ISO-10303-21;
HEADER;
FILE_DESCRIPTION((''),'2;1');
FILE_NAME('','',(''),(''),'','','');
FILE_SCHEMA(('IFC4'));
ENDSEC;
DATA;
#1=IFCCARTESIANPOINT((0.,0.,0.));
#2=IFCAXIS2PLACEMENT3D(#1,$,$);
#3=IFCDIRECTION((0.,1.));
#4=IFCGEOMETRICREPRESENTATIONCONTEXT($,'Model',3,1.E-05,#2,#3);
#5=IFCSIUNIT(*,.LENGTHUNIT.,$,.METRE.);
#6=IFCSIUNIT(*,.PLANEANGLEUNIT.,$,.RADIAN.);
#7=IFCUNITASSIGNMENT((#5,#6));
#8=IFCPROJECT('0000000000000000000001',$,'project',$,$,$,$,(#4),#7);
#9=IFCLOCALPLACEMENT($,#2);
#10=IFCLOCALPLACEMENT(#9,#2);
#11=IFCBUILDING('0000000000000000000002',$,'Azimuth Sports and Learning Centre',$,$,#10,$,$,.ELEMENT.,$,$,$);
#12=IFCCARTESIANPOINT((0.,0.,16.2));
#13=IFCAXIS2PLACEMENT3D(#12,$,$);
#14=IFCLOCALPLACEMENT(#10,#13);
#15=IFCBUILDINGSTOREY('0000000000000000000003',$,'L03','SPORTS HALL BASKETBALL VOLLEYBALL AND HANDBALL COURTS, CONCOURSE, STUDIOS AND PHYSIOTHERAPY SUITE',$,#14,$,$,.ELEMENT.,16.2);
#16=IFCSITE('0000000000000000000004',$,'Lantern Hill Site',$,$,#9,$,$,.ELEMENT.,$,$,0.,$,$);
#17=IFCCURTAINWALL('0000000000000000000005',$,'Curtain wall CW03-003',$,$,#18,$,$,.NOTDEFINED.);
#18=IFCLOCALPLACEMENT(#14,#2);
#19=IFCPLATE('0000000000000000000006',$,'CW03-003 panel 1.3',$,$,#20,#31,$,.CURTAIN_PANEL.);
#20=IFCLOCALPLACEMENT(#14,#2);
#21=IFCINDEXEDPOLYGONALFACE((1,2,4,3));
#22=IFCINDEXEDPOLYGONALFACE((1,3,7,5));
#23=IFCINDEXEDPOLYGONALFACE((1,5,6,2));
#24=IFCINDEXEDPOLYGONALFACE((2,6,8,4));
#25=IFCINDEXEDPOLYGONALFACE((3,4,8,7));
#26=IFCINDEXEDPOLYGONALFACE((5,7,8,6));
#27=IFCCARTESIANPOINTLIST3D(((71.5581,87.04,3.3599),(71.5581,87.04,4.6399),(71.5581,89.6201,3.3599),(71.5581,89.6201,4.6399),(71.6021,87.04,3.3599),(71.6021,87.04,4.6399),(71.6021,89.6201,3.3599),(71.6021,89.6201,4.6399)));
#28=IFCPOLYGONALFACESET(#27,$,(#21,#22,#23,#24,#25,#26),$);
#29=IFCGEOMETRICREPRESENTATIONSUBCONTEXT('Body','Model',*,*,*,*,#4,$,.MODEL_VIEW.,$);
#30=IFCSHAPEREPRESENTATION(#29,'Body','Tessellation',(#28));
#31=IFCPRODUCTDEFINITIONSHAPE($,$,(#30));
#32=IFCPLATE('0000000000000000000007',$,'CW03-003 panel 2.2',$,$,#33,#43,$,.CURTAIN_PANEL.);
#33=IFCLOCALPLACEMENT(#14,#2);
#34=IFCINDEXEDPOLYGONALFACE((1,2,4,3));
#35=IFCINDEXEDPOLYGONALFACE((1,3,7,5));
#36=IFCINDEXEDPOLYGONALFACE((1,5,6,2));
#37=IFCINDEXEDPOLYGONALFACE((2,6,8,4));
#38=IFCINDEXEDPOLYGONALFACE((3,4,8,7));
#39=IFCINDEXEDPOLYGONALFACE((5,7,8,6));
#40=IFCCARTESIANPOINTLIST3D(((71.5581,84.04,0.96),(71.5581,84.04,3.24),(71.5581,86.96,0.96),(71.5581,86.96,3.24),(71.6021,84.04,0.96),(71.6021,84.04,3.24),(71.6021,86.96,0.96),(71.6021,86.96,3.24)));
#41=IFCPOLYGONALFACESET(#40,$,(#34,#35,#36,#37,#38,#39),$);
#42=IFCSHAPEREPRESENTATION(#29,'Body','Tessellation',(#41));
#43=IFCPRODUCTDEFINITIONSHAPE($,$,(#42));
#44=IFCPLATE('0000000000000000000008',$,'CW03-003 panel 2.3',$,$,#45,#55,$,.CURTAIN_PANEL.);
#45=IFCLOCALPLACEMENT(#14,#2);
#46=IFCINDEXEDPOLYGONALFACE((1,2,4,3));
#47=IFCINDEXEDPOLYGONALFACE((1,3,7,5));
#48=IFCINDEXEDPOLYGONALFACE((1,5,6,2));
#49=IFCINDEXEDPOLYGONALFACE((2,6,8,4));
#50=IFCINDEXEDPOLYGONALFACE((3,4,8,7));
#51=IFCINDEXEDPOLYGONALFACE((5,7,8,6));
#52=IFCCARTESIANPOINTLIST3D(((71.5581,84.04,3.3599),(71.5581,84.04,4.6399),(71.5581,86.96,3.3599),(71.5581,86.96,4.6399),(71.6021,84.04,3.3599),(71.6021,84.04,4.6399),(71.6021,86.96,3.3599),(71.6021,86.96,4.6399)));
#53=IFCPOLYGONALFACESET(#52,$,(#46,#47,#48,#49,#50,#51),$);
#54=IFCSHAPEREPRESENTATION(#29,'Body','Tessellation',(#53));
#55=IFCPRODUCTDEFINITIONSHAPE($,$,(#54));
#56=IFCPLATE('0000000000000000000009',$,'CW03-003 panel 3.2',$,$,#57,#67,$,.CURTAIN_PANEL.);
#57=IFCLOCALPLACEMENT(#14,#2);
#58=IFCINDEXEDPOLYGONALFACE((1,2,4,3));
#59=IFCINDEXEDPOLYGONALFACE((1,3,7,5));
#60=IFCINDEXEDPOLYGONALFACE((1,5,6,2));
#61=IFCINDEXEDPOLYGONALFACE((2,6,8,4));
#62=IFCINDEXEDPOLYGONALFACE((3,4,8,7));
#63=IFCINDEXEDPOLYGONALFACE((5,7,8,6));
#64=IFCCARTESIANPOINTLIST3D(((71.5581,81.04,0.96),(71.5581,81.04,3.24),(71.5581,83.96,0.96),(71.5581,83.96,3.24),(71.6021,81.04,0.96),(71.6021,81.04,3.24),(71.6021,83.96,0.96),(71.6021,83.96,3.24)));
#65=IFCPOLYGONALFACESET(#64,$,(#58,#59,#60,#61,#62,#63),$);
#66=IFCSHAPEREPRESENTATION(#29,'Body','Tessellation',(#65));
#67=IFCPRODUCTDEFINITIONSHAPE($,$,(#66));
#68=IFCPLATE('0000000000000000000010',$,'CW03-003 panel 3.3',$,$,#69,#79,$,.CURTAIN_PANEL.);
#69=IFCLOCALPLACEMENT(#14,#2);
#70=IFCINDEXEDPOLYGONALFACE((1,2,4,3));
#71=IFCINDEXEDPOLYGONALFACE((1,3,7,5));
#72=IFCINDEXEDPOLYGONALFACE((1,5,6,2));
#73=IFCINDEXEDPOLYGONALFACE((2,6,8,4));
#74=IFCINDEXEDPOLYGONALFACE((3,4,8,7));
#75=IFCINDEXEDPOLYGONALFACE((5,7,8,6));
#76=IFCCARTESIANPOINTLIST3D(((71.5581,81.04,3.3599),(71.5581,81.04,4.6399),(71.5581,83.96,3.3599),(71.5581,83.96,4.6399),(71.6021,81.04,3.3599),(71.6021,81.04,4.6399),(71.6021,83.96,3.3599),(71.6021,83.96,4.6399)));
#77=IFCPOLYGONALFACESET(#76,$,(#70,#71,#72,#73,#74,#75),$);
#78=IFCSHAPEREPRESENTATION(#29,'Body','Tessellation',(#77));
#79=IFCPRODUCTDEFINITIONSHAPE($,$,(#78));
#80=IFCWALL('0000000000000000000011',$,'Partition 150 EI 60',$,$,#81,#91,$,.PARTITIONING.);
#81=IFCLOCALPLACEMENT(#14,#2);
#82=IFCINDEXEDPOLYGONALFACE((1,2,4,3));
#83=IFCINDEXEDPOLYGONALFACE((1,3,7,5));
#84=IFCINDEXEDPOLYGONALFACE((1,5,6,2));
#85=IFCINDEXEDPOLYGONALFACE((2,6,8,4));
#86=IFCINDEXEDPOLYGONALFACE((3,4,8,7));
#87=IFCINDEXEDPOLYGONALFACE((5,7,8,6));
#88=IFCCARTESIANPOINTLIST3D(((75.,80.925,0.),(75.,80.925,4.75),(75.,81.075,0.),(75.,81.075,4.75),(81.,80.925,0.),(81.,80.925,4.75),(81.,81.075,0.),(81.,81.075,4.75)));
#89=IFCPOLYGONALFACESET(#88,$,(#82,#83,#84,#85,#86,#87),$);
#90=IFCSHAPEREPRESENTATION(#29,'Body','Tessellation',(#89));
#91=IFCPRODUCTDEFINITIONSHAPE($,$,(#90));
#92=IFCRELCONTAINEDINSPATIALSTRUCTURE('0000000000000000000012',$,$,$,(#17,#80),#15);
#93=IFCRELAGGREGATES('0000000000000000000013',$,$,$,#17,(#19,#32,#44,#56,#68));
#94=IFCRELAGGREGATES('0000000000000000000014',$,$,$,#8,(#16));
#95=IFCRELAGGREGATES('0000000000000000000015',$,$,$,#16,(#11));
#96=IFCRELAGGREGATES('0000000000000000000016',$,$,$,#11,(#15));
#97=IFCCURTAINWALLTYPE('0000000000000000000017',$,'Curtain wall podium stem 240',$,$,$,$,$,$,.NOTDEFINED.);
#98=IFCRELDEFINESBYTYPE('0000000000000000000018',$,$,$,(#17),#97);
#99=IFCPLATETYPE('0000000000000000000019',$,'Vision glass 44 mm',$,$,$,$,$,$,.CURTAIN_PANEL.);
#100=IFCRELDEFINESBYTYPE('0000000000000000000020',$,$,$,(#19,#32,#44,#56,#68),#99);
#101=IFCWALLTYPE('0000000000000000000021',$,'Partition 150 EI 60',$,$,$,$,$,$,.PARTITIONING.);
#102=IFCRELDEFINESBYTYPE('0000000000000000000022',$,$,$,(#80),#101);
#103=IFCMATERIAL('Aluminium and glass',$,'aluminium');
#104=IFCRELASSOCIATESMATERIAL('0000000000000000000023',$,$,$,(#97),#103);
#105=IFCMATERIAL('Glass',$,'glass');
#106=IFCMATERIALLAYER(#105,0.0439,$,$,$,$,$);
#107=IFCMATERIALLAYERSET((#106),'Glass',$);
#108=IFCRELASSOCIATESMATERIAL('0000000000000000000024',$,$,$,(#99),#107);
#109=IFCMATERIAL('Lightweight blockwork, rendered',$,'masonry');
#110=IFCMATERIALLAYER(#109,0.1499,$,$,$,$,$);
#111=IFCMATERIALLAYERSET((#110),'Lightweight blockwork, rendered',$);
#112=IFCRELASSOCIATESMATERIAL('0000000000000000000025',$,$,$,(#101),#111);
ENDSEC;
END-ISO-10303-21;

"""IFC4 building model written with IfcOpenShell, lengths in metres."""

from ifc_helpers import new_model, si_unit, direction, frame, frame_2d, origin, origin_2d, place, context, subcontext, project, spatial, rectangle, extrude, material, layer, layer_set, type_object, element, aggregate, save


model = new_model("IFC4")

# Units and contexts
model_context = context("Model", 3, precision=1e-05, world=origin(), true_north=direction((0.0, 1.0)))
body_context = subcontext(model_context, "Body", "Model", "MODEL_VIEW")
ifc_project = project(units=[si_unit("LENGTHUNIT", "METRE"), si_unit("PLANEANGLEUNIT", "RADIAN")], contexts=[model_context])

# Site, building, storey
site_placement = place(None, origin())
site = spatial("IfcSite", under=ifc_project, at=site_placement, Name="Lantern Hill Site", CompositionType="ELEMENT", RefElevation=0.0)
building_placement = place(site_placement, origin())
building = spatial("IfcBuilding", under=site, at=building_placement, Name="Azimuth Sports and Learning Centre", CompositionType="ELEMENT")
storey_placement = place(building_placement, frame((0.0, 0.0, 16.2)))
storey = spatial("IfcBuildingStorey", under=building, at=storey_placement, Name="L03", Description="SPORTS HALL BASKETBALL VOLLEYBALL AND HANDBALL COURTS, CONCOURSE, STUDIOS AND PHYSIOTHERAPY SUITE", CompositionType="ELEMENT", Elevation=16.2)

# Curtain wall, plates
ifc_material_1 = material(Name="Aluminium and glass", Category="aluminium")
curtain_wall_type = type_object("IfcCurtainWallType", Name="Curtain wall podium stem 240", PredefinedType="NOTDEFINED", material=ifc_material_1)
curtain_wall_placement = place(storey_placement, origin())
curtain_wall = element("IfcCurtainWall", 1, at=curtain_wall_placement, inside=storey, type_object=curtain_wall_type, Name="Curtain wall CW03-003", PredefinedType="NOTDEFINED")
ifc_material_2 = material(Name="Glass", Category="glass")
ifc_layer_1 = layer(ifc_material_2, 0.0439)
ifc_layer_set_1 = layer_set([ifc_layer_1], Name="Glass")
plate_type_1 = type_object("IfcPlateType", Name="Vision glass 44 mm", PredefinedType="CURTAIN_PANEL", material=ifc_layer_set_1)
plate_1_placement = place(storey_placement, frame((71.5801, 88.3301, 3.3599), z_axis=(0.0, 0.0, 1.0), x_axis=(0.0, -1.0, 0.0)))
plate_1 = element("IfcPlate", 2, at=plate_1_placement, type_object=plate_type_1, Name="CW03-003 panel 1.3", PredefinedType="CURTAIN_PANEL", context=body_context, shape_type="SweptSolid", body=[
    extrude(rectangle(XDim=2.5801, YDim=0.0439, at=origin_2d()), origin(), (0.0, 0.0, 1.0), 1.28),
])
plate_2_placement = place(storey_placement, frame((71.5801, 85.5, 0.96), z_axis=(0.0, 0.0, 1.0), x_axis=(0.0, -1.0, 0.0)))
plate_2 = element("IfcPlate", 3, at=plate_2_placement, type_object=plate_type_1, Name="CW03-003 panel 2.2", PredefinedType="CURTAIN_PANEL", context=body_context, shape_type="SweptSolid", body=[
    extrude(rectangle(XDim=2.9199, YDim=0.0439, at=origin_2d()), origin(), (0.0, 0.0, 1.0), 2.28),
])
plate_3_placement = place(storey_placement, frame((71.5801, 85.5, 3.3599), z_axis=(0.0, 0.0, 1.0), x_axis=(0.0, -1.0, 0.0)))
plate_3 = element("IfcPlate", 4, at=plate_3_placement, type_object=plate_type_1, Name="CW03-003 panel 2.3", PredefinedType="CURTAIN_PANEL", context=body_context, shape_type="SweptSolid", body=[
    extrude(rectangle(XDim=2.9199, YDim=0.0439, at=origin_2d()), origin(), (0.0, 0.0, 1.0), 1.28),
])
plate_4_placement = place(storey_placement, frame((71.5801, 82.5, 0.96), z_axis=(0.0, 0.0, 1.0), x_axis=(0.0, -1.0, 0.0)))
plate_4 = element("IfcPlate", 5, at=plate_4_placement, type_object=plate_type_1, Name="CW03-003 panel 3.2", PredefinedType="CURTAIN_PANEL", context=body_context, shape_type="SweptSolid", body=[
    extrude(rectangle(XDim=2.9199, YDim=0.0439, at=origin_2d()), origin(), (0.0, 0.0, 1.0), 2.28),
])
plate_5_placement = place(storey_placement, frame((71.5801, 82.5, 3.3599), z_axis=(0.0, 0.0, 1.0), x_axis=(0.0, -1.0, 0.0)))
plate_5 = element("IfcPlate", 6, at=plate_5_placement, type_object=plate_type_1, Name="CW03-003 panel 3.3", PredefinedType="CURTAIN_PANEL", context=body_context, shape_type="SweptSolid", body=[
    extrude(rectangle(XDim=2.9199, YDim=0.0439, at=origin_2d()), origin(), (0.0, 0.0, 1.0), 1.28),
])
aggregate(curtain_wall, [plate_1, plate_2, plate_3, plate_4, plate_5])

# Wall
ifc_material_3 = material(Name="Lightweight blockwork, rendered", Category="masonry")
ifc_layer_2 = layer(ifc_material_3, 0.1499)
ifc_layer_set_2 = layer_set([ifc_layer_2], Name="Lightweight blockwork, rendered")
wall_type = type_object("IfcWallType", Name="Partition 150 EI 60", PredefinedType="PARTITIONING", material=ifc_layer_set_2)
wall_placement = place(storey_placement, frame((75.0, 81.0, 0.0), z_axis=(0.0, 0.0, 1.0), x_axis=(1.0, 0.0, 0.0)))
element("IfcWall", 7, at=wall_placement, inside=storey, type_object=wall_type, Name="Partition 150 EI 60", PredefinedType="PARTITIONING", context=body_context, shape_type="SweptSolid", body=[
    extrude(rectangle(XDim=6.0, YDim=0.1499, at=frame_2d((3.0, 0.0))), origin(), (0.0, 0.0, 1.0), 4.75),
])

save(model, "model.ifc")
